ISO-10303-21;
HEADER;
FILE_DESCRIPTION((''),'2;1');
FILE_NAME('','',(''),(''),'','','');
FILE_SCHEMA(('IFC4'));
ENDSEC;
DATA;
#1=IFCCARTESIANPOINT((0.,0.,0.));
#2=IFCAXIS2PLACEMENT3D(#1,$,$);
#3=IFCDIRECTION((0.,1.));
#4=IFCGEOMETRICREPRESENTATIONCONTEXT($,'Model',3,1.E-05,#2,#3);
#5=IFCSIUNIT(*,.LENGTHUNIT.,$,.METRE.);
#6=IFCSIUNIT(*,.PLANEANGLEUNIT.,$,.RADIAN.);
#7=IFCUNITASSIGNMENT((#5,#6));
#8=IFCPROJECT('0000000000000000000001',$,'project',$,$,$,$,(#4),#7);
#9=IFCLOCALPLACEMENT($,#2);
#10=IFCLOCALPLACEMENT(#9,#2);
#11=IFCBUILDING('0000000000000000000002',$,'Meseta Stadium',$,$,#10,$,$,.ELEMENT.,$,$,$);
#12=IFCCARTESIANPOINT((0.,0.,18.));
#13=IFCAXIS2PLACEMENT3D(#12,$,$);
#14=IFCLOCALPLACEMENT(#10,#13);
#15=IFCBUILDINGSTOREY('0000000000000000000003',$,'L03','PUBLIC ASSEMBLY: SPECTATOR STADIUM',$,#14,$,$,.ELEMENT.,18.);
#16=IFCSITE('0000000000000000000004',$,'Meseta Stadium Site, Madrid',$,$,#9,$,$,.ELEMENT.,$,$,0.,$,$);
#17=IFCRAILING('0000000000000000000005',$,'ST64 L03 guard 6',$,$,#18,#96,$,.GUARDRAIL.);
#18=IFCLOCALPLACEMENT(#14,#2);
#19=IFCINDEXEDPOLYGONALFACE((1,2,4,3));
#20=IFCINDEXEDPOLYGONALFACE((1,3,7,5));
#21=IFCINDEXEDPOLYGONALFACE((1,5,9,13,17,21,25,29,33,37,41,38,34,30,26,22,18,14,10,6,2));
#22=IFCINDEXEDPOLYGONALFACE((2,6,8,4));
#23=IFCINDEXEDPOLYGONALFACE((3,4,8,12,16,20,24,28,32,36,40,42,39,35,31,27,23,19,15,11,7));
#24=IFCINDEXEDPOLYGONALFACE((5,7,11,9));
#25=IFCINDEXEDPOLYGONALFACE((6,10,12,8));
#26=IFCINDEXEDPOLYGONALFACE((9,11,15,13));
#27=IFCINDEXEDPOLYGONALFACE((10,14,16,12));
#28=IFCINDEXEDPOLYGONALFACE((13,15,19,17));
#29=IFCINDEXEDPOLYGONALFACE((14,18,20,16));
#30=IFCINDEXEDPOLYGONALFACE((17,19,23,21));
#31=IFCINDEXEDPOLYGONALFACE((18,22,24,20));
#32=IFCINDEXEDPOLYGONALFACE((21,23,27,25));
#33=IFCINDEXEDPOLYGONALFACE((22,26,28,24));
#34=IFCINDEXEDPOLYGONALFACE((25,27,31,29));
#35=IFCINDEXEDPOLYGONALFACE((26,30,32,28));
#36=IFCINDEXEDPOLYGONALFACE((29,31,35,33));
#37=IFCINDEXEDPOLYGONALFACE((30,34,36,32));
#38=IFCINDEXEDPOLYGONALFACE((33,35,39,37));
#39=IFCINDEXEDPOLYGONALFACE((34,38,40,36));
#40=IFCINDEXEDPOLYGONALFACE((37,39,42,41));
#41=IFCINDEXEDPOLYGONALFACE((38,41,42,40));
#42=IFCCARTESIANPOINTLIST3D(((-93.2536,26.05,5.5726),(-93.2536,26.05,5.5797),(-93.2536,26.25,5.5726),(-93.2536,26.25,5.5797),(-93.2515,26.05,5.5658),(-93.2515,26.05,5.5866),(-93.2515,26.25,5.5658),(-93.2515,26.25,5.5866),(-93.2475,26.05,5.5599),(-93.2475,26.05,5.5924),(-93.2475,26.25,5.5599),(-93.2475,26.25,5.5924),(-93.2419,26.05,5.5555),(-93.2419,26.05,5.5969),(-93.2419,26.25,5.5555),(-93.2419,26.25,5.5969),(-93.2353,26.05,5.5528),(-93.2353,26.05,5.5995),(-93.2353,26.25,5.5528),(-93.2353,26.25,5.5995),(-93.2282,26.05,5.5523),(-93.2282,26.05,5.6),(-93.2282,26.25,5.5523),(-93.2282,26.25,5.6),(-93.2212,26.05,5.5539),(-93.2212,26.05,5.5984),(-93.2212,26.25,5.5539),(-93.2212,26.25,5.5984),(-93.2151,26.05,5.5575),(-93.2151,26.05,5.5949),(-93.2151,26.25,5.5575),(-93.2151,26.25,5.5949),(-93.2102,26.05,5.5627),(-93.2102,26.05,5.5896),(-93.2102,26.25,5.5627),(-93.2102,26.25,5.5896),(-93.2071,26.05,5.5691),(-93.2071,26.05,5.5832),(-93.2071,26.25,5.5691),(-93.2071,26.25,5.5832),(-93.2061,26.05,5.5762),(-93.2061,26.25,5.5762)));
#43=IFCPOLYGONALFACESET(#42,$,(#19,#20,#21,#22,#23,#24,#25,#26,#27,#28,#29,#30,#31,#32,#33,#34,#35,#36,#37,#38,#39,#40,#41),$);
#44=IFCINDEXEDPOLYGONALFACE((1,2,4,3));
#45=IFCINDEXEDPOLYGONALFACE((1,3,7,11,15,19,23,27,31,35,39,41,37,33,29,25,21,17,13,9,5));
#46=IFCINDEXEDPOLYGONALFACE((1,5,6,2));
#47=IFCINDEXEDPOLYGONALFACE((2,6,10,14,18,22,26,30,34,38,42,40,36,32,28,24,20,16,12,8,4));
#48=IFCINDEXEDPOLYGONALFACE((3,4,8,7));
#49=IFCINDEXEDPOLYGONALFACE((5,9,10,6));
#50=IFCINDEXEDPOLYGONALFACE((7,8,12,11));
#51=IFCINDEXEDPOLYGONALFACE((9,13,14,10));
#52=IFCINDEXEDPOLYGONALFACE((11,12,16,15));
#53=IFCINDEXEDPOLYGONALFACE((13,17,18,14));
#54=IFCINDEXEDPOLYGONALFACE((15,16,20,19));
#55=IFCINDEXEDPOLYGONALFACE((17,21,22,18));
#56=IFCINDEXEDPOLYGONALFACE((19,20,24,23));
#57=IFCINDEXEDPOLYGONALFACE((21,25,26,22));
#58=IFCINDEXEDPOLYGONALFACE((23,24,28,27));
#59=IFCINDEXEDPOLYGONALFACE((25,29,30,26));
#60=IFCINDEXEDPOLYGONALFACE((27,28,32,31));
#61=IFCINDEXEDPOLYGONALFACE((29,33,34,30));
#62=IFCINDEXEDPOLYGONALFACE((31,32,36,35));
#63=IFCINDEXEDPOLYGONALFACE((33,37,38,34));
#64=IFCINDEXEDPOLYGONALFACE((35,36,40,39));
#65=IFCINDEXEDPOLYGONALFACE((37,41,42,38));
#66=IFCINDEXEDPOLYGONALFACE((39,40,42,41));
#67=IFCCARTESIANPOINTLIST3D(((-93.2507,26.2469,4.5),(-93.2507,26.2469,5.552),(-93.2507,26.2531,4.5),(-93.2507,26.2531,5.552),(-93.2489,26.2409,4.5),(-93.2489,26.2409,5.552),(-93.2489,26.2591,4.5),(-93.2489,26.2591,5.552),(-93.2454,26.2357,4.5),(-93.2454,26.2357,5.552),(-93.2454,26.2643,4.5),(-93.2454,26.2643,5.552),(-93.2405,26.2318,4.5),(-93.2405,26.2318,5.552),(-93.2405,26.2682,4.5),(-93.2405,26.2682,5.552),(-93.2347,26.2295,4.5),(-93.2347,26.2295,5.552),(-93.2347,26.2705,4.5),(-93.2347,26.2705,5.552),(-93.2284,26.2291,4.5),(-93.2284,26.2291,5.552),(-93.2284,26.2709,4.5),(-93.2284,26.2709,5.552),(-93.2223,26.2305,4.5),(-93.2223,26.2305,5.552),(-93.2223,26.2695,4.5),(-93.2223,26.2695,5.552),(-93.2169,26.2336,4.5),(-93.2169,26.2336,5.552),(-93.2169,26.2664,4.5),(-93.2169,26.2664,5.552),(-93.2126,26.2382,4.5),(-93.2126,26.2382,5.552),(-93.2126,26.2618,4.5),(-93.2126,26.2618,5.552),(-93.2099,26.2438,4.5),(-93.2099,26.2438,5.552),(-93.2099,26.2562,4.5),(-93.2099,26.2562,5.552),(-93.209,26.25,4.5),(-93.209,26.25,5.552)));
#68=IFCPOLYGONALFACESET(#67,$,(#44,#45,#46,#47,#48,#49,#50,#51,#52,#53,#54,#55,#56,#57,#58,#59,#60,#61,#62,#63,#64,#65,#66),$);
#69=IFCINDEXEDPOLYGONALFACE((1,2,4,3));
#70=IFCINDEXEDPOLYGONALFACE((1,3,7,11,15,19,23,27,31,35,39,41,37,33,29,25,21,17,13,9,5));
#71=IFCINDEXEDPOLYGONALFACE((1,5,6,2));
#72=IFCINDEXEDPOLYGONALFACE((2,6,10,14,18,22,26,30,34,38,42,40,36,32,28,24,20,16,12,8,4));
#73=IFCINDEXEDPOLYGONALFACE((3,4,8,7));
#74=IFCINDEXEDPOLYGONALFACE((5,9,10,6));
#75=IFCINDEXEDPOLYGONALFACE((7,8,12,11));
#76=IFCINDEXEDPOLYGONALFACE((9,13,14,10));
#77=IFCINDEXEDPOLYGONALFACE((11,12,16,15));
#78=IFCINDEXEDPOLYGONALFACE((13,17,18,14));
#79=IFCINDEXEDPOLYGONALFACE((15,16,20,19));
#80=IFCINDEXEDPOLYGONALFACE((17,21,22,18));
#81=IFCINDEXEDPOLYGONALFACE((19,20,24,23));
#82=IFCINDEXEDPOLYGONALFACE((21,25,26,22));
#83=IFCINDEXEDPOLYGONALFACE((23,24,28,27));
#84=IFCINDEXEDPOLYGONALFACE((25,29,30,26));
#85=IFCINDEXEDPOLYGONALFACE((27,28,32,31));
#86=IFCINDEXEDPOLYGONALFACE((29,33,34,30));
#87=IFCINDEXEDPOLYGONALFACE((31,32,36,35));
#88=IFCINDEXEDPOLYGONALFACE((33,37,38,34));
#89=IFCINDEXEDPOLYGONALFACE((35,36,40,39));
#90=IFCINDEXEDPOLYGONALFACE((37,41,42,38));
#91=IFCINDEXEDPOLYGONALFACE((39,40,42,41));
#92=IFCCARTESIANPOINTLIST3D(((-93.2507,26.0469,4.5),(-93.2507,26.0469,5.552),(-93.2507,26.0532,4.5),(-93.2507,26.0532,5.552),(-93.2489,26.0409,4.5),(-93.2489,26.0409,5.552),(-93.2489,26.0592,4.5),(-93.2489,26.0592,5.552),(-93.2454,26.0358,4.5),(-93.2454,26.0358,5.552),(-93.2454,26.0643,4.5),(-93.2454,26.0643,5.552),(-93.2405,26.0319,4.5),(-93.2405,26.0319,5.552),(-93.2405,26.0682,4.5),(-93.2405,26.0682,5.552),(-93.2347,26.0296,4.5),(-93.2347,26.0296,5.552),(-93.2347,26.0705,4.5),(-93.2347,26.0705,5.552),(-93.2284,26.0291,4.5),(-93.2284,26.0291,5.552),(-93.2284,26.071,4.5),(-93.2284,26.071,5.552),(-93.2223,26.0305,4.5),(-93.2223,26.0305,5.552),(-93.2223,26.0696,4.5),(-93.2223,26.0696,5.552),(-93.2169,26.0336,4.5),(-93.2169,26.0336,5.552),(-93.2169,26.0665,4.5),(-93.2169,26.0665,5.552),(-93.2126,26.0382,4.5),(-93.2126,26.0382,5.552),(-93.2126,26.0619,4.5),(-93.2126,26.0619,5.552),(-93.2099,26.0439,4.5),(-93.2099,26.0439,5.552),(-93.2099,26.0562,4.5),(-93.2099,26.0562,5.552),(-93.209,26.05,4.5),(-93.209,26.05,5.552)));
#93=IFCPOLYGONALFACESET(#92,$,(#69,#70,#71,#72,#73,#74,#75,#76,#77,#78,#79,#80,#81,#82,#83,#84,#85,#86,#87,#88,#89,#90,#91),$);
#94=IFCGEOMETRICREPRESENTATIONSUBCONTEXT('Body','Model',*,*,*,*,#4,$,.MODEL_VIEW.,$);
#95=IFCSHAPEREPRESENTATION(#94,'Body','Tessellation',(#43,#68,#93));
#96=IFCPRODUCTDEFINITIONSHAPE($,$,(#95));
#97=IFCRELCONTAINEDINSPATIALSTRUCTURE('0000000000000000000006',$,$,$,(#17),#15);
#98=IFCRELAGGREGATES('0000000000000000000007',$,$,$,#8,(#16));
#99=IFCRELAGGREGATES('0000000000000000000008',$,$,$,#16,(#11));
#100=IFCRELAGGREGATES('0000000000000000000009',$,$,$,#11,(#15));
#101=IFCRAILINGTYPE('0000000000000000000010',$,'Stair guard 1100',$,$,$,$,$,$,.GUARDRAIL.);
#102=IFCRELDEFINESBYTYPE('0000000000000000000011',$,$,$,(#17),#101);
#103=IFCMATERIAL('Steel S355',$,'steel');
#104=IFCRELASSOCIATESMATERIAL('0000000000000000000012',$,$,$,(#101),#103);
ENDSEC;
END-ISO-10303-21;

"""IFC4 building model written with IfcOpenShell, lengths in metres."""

from ifc_helpers import new_model, si_unit, direction, frame, origin, origin_2d, place, context, subcontext, project, spatial, circle, extrude, material, type_object, element, save


model = new_model("IFC4")

# Units and contexts
model_context = context("Model", 3, precision=1e-05, world=origin(), true_north=direction((0.0, 1.0)))
body_context = subcontext(model_context, "Body", "Model", "MODEL_VIEW")
ifc_project = project(units=[si_unit("LENGTHUNIT", "METRE"), si_unit("PLANEANGLEUNIT", "RADIAN")], contexts=[model_context])

# Site, building, storey
site_placement = place(None, origin())
site = spatial("IfcSite", under=ifc_project, at=site_placement, Name="Meseta Stadium Site, Madrid", CompositionType="ELEMENT", RefElevation=0.0)
building_placement = place(site_placement, origin())
building = spatial("IfcBuilding", under=site, at=building_placement, Name="Meseta Stadium", CompositionType="ELEMENT")
storey_placement = place(building_placement, frame((0.0, 0.0, 18.0)))
storey = spatial("IfcBuildingStorey", under=building, at=storey_placement, Name="L03", Description="PUBLIC ASSEMBLY: SPECTATOR STADIUM", CompositionType="ELEMENT", Elevation=18.0)

# Railing
ifc_material_1 = material(Name="Steel S355", Category="steel")
railing_type_1 = type_object("IfcRailingType", Name="Stair guard 1100", PredefinedType="GUARDRAIL", material=ifc_material_1)
railing_1_placement = place(storey_placement, frame((-93.23, 26.25, 4.5)))
element("IfcRailing", 1, at=railing_1_placement, inside=storey, type_object=railing_type_1, Name="ST64 L03 guard 6", PredefinedType="GUARDRAIL", context=body_context, shape_type="SweptSolid", body=[
    extrude(circle(Radius=0.0239, at=origin_2d()), frame((0.0, 0.0, 1.0762), z_axis=(0.0, -1.0, 0.0), x_axis=(1.0, 0.0, 0.0)), (0.0, 0.0, 1.0), 0.2),
    extrude(circle(Radius=0.021, at=origin_2d()), origin(), (0.0, 0.0, 1.0), 1.052),
    extrude(circle(Radius=0.021, at=origin_2d()), frame((0.0, -0.2, 0.0)), (0.0, 0.0, 1.0), 1.052),
])

save(model, "model.ifc")
